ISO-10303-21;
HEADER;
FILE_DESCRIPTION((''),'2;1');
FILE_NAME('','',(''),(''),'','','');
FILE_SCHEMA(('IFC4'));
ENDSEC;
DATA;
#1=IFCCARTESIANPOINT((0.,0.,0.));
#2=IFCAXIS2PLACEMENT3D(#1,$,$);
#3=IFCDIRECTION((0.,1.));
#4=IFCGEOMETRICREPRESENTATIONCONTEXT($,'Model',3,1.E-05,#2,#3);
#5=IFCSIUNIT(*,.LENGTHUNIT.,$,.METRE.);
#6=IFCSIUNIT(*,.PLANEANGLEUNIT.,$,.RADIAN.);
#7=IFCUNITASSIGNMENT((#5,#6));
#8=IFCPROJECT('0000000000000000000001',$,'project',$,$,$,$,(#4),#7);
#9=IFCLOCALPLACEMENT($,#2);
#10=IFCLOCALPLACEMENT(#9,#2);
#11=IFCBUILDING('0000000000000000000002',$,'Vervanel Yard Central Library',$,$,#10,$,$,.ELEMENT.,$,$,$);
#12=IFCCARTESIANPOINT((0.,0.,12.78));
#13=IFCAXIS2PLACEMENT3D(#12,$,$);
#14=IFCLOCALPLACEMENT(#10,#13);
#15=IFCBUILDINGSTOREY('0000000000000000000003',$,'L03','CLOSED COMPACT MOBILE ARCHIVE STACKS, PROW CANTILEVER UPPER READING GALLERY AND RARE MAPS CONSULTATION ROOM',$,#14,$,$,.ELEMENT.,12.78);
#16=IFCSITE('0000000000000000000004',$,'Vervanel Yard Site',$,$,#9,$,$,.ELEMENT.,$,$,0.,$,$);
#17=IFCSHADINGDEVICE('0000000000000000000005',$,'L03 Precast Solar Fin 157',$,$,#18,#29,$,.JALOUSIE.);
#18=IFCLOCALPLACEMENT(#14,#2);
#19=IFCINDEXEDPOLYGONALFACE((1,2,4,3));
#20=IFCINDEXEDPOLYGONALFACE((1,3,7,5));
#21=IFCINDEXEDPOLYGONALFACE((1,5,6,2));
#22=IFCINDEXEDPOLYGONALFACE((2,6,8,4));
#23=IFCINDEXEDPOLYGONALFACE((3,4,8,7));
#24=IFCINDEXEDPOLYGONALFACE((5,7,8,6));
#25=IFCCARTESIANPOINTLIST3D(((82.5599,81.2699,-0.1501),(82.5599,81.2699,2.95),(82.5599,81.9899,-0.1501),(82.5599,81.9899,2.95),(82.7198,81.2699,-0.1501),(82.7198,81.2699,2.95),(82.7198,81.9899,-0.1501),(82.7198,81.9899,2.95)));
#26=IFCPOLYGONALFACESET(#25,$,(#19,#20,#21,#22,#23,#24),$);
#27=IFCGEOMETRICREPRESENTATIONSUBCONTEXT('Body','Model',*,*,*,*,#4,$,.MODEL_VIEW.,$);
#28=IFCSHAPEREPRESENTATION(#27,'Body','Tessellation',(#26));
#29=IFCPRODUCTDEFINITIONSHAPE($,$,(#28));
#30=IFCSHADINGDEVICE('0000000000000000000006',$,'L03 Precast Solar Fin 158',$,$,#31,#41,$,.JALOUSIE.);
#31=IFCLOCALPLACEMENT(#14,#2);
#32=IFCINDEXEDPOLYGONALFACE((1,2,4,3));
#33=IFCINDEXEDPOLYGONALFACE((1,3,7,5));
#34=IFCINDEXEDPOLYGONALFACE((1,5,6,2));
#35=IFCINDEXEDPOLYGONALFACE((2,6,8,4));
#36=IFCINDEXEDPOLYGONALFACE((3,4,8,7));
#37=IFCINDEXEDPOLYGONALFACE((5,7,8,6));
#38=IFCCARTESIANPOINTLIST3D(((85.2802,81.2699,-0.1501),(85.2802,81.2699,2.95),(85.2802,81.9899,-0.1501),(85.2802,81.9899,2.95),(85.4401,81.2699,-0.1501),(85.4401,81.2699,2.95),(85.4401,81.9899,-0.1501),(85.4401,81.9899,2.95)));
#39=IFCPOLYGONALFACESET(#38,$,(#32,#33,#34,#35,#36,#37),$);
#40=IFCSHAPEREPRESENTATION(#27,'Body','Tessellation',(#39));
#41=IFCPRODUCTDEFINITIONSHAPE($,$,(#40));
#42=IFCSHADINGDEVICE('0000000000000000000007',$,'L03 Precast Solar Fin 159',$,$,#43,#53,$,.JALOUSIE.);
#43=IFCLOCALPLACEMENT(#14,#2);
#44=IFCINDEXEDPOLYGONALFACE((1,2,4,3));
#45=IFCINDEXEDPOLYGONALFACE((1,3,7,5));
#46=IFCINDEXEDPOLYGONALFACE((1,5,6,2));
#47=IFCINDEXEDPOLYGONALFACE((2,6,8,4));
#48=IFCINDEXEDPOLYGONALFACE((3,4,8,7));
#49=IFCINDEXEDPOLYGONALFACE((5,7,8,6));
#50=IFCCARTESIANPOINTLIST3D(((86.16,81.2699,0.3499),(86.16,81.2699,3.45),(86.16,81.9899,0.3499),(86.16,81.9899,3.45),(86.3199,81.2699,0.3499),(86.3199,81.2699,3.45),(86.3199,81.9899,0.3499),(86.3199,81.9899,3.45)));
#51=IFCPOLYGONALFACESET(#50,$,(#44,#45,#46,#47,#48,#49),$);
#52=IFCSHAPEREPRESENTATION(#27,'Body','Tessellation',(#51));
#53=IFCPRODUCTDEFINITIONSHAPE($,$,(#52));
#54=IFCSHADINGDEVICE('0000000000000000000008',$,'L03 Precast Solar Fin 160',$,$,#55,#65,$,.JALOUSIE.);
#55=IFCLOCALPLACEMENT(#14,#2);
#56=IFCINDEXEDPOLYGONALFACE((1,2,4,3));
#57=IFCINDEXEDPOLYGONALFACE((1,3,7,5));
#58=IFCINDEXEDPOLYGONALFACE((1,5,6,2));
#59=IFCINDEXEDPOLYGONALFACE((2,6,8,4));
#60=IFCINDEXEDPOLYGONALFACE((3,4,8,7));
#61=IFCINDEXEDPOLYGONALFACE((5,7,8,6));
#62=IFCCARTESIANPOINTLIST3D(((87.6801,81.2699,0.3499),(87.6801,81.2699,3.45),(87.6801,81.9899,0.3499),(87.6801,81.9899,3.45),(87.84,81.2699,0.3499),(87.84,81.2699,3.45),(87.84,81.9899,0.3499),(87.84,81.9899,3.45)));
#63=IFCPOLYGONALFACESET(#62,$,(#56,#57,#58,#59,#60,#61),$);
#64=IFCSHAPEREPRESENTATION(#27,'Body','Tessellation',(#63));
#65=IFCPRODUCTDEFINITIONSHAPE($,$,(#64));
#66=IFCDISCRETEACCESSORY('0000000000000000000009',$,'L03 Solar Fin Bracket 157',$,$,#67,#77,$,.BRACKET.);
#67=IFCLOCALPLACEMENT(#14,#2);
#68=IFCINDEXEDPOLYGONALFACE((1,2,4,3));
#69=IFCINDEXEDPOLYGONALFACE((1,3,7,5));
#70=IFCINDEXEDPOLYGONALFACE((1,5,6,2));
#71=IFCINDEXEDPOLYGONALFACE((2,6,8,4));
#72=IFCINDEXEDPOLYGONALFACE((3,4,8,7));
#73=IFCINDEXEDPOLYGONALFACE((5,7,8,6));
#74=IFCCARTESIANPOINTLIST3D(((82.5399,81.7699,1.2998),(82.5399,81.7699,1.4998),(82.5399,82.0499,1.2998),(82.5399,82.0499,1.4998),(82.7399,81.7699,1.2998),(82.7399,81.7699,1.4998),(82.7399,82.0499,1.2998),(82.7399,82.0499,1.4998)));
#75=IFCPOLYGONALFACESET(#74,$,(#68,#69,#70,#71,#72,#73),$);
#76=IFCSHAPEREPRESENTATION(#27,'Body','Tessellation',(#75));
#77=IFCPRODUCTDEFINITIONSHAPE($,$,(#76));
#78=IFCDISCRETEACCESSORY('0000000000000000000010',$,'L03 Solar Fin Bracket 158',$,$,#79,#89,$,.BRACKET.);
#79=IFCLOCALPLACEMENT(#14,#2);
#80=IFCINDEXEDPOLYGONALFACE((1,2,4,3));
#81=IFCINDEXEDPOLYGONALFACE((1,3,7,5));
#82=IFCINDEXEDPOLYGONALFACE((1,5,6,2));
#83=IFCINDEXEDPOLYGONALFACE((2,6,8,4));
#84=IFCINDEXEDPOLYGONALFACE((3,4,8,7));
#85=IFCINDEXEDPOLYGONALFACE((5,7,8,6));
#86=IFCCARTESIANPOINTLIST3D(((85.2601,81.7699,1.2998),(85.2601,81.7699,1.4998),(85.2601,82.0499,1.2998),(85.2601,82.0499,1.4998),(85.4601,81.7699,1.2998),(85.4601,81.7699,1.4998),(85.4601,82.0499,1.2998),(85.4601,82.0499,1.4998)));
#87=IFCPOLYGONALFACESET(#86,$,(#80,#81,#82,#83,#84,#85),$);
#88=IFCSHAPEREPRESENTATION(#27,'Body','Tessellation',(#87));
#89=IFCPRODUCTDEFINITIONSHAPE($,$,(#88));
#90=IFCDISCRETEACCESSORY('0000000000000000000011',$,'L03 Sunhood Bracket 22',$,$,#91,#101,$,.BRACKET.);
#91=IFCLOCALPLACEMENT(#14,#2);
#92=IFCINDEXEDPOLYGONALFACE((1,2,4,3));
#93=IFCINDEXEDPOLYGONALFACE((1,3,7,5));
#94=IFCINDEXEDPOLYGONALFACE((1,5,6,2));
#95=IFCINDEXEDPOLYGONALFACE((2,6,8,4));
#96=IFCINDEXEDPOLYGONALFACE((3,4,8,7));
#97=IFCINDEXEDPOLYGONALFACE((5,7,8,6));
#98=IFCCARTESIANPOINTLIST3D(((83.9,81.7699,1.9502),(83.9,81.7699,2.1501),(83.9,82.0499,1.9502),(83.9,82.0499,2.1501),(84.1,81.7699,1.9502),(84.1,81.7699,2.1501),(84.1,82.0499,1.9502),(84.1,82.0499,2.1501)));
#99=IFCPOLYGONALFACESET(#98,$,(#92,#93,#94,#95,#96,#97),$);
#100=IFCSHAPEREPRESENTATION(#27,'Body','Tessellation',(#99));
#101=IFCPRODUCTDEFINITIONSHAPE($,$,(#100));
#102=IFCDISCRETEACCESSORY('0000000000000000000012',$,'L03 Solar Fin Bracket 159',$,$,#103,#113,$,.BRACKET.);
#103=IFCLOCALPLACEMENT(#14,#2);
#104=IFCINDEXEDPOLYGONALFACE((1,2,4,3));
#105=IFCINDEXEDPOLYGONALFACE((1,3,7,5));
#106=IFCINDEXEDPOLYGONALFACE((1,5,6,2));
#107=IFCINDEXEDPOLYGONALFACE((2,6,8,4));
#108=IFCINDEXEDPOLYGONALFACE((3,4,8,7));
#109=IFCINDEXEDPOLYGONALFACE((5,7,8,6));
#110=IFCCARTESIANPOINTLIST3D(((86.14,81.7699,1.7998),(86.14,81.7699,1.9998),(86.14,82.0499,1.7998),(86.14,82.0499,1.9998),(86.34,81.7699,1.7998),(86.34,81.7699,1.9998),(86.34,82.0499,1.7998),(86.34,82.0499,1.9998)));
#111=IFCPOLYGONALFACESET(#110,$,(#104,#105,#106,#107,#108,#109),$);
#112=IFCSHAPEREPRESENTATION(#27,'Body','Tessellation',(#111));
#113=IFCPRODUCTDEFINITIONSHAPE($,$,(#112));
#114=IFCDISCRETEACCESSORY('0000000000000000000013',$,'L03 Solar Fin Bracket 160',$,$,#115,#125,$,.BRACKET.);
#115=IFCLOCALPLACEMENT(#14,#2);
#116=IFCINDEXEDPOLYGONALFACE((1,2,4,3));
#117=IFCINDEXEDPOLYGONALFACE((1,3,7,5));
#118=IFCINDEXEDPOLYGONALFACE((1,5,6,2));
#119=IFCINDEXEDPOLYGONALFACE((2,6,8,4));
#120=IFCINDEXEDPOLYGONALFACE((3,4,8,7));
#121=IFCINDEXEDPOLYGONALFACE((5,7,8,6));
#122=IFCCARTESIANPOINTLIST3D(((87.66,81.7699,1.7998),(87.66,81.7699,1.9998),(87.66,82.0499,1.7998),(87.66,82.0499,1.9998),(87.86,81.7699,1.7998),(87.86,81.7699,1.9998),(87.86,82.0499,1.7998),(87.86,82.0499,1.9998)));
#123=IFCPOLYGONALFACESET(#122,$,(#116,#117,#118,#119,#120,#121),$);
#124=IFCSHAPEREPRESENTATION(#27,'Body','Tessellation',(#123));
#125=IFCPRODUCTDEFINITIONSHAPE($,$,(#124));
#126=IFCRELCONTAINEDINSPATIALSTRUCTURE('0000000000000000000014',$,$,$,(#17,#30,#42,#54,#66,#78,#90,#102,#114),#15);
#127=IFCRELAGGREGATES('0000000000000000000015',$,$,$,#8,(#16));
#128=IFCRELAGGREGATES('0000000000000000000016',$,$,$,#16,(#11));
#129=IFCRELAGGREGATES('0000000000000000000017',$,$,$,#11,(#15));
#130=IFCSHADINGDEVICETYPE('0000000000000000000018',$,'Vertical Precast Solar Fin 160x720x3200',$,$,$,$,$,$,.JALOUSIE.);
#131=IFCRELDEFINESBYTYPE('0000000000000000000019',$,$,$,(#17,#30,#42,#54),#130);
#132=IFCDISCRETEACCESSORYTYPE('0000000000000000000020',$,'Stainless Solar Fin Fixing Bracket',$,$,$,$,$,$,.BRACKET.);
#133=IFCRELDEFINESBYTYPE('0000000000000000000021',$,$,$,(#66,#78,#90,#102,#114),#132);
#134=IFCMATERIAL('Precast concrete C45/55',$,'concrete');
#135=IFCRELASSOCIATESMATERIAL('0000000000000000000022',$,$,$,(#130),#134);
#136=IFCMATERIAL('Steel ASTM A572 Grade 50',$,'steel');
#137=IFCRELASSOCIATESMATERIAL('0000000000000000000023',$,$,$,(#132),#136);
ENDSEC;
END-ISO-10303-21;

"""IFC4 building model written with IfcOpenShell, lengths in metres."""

from ifc_helpers import new_model, si_unit, direction, frame, origin, origin_2d, place, context, subcontext, project, spatial, rectangle, extrude, material, type_object, element, save


model = new_model("IFC4")

# Units and contexts
model_context = context("Model", 3, precision=1e-05, world=origin(), true_north=direction((0.0, 1.0)))
body_context = subcontext(model_context, "Body", "Model", "MODEL_VIEW")
ifc_project = project(units=[si_unit("LENGTHUNIT", "METRE"), si_unit("PLANEANGLEUNIT", "RADIAN")], contexts=[model_context])

# Site, building, storey
site_placement = place(None, origin())
site = spatial("IfcSite", under=ifc_project, at=site_placement, Name="Vervanel Yard Site", CompositionType="ELEMENT", RefElevation=0.0)
building_placement = place(site_placement, origin())
building = spatial("IfcBuilding", under=site, at=building_placement, Name="Vervanel Yard Central Library", CompositionType="ELEMENT")
storey_placement = place(building_placement, frame((0.0, 0.0, 12.78)))
storey = spatial("IfcBuildingStorey", under=building, at=storey_placement, Name="L03", Description="CLOSED COMPACT MOBILE ARCHIVE STACKS, PROW CANTILEVER UPPER READING GALLERY AND RARE MAPS CONSULTATION ROOM", CompositionType="ELEMENT", Elevation=12.78)

# Shared definitions
ifc_material_1 = material(Name="Precast concrete C45/55", Category="concrete")

# Shading devices
shading_device_type_1 = type_object("IfcShadingDeviceType", Name="Vertical Precast Solar Fin 160x720x3200", PredefinedType="JALOUSIE", material=ifc_material_1)
for number, where, z_axis, x_axis, name in (
    (1, (82.6399, 81.6299, -0.1501), (0.0, 0.0, 1.0), (1.0, 0.0, 0.0), "L03 Precast Solar Fin 157"),
    (2, (85.3601, 81.6299, -0.1501), (0.0, 0.0, 1.0), (1.0, 0.0, 0.0), "L03 Precast Solar Fin 158"),
    (3, (86.24, 81.6299, 0.3499), (0.0, 0.0, 1.0), (1.0, 0.0, 0.0), "L03 Precast Solar Fin 159"),
    (4, (87.76, 81.6299, 0.3499), (0.0, 0.0, 1.0), (1.0, 0.0, 0.0), "L03 Precast Solar Fin 160"),
):
    element("IfcShadingDevice", number, at=place(storey_placement, frame(where, z_axis=z_axis, x_axis=x_axis)), inside=storey, type_object=shading_device_type_1, Name=name, PredefinedType="JALOUSIE", context=body_context, shape_type="SweptSolid", body=[
        extrude(rectangle(XDim=0.1599, YDim=0.72, at=origin_2d()), origin(), (0.0, 0.0, 1.0), 3.1001),
    ])

# Discrete accessories
ifc_material_2 = material(Name="Steel ASTM A572 Grade 50", Category="steel")
discrete_accessory_type = type_object("IfcDiscreteAccessoryType", Name="Stainless Solar Fin Fixing Bracket", PredefinedType="BRACKET", material=ifc_material_2)
for number, where, z_axis, x_axis, name in (
    (5, (82.6399, 81.9099, 1.2998), (0.0, 0.0, 1.0), (1.0, 0.0, 0.0), "L03 Solar Fin Bracket 157"),
    (6, (85.3601, 81.9099, 1.2998), (0.0, 0.0, 1.0), (1.0, 0.0, 0.0), "L03 Solar Fin Bracket 158"),
    (7, (84.0, 81.9099, 1.9502), (0.0, 0.0, 1.0), (1.0, 0.0, 0.0), "L03 Sunhood Bracket 22"),
    (8, (86.24, 81.9099, 1.7998), (0.0, 0.0, 1.0), (1.0, 0.0, 0.0), "L03 Solar Fin Bracket 159"),
    (9, (87.76, 81.9099, 1.7998), (0.0, 0.0, 1.0), (1.0, 0.0, 0.0), "L03 Solar Fin Bracket 160"),
):
    element("IfcDiscreteAccessory", number, at=place(storey_placement, frame(where, z_axis=z_axis, x_axis=x_axis)), inside=storey, type_object=discrete_accessory_type, Name=name, PredefinedType="BRACKET", context=body_context, shape_type="SweptSolid", body=[
        extrude(rectangle(XDim=0.2, YDim=0.28, at=origin_2d()), origin(), (0.0, 0.0, 1.0), 0.2),
    ])

save(model, "model.ifc")
